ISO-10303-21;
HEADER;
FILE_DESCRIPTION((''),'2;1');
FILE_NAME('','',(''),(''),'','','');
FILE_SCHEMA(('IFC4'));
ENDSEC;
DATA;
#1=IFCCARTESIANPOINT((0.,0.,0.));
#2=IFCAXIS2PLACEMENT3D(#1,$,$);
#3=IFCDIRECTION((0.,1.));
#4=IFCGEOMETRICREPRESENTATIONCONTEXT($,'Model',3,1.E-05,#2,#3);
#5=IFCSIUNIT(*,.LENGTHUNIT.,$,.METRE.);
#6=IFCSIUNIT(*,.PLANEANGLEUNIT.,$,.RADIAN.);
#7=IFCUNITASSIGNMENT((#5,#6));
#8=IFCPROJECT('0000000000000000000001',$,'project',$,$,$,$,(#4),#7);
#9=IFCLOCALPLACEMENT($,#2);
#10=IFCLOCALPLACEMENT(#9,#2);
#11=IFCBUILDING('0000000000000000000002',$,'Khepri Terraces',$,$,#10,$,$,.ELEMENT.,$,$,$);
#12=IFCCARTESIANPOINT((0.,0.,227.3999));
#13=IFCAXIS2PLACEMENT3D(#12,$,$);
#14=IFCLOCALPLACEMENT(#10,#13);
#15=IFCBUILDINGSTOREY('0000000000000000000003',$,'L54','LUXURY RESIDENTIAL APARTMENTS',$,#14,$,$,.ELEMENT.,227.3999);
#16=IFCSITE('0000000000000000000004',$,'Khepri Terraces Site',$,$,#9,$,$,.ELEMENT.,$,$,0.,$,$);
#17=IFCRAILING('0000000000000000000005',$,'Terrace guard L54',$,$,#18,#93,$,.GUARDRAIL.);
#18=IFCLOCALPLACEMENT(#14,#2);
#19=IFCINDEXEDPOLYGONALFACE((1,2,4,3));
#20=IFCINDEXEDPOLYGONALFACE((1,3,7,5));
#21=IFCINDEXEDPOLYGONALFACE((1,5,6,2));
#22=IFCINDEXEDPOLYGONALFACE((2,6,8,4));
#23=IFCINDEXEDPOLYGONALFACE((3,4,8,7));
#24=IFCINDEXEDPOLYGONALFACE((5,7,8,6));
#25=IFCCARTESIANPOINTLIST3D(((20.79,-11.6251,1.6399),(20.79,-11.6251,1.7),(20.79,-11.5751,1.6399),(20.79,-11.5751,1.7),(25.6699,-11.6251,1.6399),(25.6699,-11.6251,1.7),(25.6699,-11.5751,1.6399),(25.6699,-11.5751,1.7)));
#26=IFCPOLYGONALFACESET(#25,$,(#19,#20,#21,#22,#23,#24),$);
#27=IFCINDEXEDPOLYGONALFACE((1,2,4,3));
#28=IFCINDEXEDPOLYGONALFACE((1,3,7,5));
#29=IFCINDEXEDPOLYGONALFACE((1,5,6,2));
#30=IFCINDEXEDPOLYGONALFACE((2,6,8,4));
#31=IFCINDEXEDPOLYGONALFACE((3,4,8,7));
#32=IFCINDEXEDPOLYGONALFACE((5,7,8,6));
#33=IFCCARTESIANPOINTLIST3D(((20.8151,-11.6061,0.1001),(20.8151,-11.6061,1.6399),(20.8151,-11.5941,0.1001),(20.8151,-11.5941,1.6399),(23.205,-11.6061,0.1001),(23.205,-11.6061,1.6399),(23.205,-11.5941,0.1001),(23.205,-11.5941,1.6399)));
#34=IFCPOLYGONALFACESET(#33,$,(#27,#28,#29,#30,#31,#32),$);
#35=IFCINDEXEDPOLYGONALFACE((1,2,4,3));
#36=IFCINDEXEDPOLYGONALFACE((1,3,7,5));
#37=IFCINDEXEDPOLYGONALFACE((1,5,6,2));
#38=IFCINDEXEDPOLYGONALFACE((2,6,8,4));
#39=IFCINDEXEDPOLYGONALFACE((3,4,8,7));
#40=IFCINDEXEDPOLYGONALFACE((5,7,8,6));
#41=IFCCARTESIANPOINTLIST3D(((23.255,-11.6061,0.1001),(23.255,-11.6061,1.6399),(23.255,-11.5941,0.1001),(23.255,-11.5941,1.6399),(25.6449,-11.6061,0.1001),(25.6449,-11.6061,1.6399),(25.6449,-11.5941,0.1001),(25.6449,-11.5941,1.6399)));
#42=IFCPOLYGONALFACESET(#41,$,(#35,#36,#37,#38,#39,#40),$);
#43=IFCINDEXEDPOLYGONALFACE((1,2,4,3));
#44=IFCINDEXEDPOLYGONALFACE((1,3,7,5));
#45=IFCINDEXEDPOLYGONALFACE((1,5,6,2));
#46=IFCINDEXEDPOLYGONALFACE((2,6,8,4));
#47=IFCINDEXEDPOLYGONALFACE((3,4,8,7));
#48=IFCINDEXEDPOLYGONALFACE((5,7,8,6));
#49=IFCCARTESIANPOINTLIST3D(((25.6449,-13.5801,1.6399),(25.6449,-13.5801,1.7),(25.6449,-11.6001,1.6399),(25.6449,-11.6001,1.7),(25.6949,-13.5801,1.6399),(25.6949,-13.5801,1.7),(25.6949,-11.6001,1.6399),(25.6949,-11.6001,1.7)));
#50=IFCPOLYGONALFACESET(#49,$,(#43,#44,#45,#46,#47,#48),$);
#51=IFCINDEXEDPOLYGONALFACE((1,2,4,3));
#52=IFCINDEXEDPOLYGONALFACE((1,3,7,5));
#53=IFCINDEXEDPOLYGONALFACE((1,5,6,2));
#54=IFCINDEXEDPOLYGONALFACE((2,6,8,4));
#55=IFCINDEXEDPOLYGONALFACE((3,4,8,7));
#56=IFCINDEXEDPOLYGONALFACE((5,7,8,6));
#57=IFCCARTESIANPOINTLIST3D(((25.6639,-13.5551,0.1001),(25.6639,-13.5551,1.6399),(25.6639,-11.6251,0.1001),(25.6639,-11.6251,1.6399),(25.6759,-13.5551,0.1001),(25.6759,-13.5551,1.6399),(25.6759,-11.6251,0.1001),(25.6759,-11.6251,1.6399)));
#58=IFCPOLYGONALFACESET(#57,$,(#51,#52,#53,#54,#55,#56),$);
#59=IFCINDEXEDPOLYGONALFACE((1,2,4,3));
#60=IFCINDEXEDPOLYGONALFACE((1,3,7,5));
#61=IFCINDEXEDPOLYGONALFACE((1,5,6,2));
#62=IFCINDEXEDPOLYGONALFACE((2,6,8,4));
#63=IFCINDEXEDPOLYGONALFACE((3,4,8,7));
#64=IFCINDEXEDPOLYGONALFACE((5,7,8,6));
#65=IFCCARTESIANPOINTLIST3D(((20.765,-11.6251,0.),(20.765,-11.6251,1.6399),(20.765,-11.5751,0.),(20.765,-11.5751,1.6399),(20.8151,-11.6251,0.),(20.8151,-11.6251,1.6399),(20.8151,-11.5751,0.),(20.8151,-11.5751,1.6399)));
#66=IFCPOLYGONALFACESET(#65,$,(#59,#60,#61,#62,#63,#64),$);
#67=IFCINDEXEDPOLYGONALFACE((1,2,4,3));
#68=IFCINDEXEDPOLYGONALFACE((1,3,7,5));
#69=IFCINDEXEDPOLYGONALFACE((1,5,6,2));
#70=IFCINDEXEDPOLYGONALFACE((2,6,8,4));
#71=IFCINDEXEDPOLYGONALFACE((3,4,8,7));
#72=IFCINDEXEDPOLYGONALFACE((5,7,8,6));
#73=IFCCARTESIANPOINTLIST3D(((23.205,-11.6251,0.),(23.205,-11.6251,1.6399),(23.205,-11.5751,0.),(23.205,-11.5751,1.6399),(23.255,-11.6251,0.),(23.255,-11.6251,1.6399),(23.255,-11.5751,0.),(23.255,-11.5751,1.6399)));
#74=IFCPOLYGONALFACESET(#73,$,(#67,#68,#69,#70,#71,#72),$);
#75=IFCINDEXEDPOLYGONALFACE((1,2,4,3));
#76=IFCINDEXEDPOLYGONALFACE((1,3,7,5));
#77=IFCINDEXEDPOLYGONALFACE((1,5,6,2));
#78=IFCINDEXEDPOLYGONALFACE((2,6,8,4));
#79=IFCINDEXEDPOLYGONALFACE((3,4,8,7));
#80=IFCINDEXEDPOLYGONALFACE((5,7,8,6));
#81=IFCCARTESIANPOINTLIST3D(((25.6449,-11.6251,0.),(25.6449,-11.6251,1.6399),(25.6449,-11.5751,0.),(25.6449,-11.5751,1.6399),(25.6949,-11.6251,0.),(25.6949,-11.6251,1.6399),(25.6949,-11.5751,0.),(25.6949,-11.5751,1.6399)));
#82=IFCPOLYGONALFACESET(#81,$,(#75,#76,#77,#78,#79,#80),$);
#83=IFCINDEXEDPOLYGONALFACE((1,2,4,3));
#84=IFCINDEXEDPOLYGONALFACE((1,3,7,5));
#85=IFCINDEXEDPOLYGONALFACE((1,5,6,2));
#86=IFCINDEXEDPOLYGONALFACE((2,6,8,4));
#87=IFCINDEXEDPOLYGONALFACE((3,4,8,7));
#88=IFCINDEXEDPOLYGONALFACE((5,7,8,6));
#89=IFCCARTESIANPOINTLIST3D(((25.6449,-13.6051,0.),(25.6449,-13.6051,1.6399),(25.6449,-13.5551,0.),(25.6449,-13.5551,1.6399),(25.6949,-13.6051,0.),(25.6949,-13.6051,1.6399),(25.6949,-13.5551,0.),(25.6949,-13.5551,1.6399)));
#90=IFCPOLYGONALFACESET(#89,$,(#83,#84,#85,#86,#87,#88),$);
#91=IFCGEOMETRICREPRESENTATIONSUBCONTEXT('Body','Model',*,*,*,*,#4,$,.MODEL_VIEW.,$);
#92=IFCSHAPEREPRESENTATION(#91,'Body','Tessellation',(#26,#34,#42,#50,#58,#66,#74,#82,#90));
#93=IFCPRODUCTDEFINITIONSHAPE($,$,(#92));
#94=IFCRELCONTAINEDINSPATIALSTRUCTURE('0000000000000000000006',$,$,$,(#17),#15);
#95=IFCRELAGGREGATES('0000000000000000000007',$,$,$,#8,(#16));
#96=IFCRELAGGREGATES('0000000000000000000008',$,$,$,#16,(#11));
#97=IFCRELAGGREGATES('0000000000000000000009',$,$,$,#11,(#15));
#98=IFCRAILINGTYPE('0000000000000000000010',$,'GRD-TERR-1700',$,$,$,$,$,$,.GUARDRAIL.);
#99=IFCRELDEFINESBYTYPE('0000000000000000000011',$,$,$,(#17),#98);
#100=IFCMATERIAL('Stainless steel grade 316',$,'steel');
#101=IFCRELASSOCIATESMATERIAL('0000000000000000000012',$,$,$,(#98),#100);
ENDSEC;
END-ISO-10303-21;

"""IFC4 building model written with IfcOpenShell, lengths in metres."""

from ifc_helpers import new_model, si_unit, direction, frame, origin, origin_2d, place, context, subcontext, project, spatial, rectangle, extrude, material, type_object, element, save


model = new_model("IFC4")

# Units and contexts
model_context = context("Model", 3, precision=1e-05, world=origin(), true_north=direction((0.0, 1.0)))
body_context = subcontext(model_context, "Body", "Model", "MODEL_VIEW")
ifc_project = project(units=[si_unit("LENGTHUNIT", "METRE"), si_unit("PLANEANGLEUNIT", "RADIAN")], contexts=[model_context])

# Site, building, storey
site_placement = place(None, origin())
site = spatial("IfcSite", under=ifc_project, at=site_placement, Name="Khepri Terraces Site", CompositionType="ELEMENT", RefElevation=0.0)
building_placement = place(site_placement, origin())
building = spatial("IfcBuilding", under=site, at=building_placement, Name="Khepri Terraces", CompositionType="ELEMENT")
storey_placement = place(building_placement, frame((0.0, 0.0, 227.3999)))
storey = spatial("IfcBuildingStorey", under=building, at=storey_placement, Name="L54", Description="LUXURY RESIDENTIAL APARTMENTS", CompositionType="ELEMENT", Elevation=227.3999)

# Railing
ifc_material_1 = material(Name="Stainless steel grade 316", Category="steel")
railing_type = type_object("IfcRailingType", Name="GRD-TERR-1700", PredefinedType="GUARDRAIL", material=ifc_material_1)
railing_placement = place(storey_placement, frame((20.79, -11.6001, 0.0)))
element("IfcRailing", 1, at=railing_placement, inside=storey, type_object=railing_type, Name="Terrace guard L54", PredefinedType="GUARDRAIL", context=body_context, shape_type="SweptSolid", body=[
    extrude(rectangle(XDim=0.05, YDim=0.0601, at=origin_2d()), frame((0.0, 0.0, 1.6699), z_axis=(1.0, 0.0, 0.0), x_axis=(0.0, 1.0, 0.0)), (0.0, 0.0, 1.0), 4.8799),
    extrude(rectangle(XDim=2.3899, YDim=0.012, at=origin_2d()), frame((1.22, 0.0, 0.1001), z_axis=(0.0, 0.0, 1.0), x_axis=(1.0, 0.0, 0.0)), (0.0, 0.0, 1.0), 1.5398),
    extrude(rectangle(XDim=2.3899, YDim=0.012, at=origin_2d()), frame((3.6599, 0.0, 0.1001), z_axis=(0.0, 0.0, 1.0), x_axis=(1.0, 0.0, 0.0)), (0.0, 0.0, 1.0), 1.5398),
    extrude(rectangle(XDim=0.05, YDim=0.0601, at=origin_2d()), frame((4.8799, 0.0, 1.6699), z_axis=(0.0, -1.0, 0.0), x_axis=(1.0, 0.0, 0.0)), (0.0, 0.0, 1.0), 1.98),
    extrude(rectangle(XDim=1.9299, YDim=0.012, at=origin_2d()), frame((4.8799, -0.99, 0.1001), z_axis=(0.0, 0.0, 1.0), x_axis=(0.0, -1.0, 0.0)), (0.0, 0.0, 1.0), 1.5398),
    extrude(rectangle(XDim=0.05, YDim=0.05, at=origin_2d()), origin(), (0.0, 0.0, 1.0), 1.6399),
    extrude(rectangle(XDim=0.05, YDim=0.05, at=origin_2d()), frame((2.4399, 0.0, 0.0)), (0.0, 0.0, 1.0), 1.6399),
    extrude(rectangle(XDim=0.05, YDim=0.05, at=origin_2d()), frame((4.8799, 0.0, 0.0)), (0.0, 0.0, 1.0), 1.6399),
    extrude(rectangle(XDim=0.05, YDim=0.05, at=origin_2d()), frame((4.8799, -1.98, 0.0)), (0.0, 0.0, 1.0), 1.6399),
])

save(model, "model.ifc")
